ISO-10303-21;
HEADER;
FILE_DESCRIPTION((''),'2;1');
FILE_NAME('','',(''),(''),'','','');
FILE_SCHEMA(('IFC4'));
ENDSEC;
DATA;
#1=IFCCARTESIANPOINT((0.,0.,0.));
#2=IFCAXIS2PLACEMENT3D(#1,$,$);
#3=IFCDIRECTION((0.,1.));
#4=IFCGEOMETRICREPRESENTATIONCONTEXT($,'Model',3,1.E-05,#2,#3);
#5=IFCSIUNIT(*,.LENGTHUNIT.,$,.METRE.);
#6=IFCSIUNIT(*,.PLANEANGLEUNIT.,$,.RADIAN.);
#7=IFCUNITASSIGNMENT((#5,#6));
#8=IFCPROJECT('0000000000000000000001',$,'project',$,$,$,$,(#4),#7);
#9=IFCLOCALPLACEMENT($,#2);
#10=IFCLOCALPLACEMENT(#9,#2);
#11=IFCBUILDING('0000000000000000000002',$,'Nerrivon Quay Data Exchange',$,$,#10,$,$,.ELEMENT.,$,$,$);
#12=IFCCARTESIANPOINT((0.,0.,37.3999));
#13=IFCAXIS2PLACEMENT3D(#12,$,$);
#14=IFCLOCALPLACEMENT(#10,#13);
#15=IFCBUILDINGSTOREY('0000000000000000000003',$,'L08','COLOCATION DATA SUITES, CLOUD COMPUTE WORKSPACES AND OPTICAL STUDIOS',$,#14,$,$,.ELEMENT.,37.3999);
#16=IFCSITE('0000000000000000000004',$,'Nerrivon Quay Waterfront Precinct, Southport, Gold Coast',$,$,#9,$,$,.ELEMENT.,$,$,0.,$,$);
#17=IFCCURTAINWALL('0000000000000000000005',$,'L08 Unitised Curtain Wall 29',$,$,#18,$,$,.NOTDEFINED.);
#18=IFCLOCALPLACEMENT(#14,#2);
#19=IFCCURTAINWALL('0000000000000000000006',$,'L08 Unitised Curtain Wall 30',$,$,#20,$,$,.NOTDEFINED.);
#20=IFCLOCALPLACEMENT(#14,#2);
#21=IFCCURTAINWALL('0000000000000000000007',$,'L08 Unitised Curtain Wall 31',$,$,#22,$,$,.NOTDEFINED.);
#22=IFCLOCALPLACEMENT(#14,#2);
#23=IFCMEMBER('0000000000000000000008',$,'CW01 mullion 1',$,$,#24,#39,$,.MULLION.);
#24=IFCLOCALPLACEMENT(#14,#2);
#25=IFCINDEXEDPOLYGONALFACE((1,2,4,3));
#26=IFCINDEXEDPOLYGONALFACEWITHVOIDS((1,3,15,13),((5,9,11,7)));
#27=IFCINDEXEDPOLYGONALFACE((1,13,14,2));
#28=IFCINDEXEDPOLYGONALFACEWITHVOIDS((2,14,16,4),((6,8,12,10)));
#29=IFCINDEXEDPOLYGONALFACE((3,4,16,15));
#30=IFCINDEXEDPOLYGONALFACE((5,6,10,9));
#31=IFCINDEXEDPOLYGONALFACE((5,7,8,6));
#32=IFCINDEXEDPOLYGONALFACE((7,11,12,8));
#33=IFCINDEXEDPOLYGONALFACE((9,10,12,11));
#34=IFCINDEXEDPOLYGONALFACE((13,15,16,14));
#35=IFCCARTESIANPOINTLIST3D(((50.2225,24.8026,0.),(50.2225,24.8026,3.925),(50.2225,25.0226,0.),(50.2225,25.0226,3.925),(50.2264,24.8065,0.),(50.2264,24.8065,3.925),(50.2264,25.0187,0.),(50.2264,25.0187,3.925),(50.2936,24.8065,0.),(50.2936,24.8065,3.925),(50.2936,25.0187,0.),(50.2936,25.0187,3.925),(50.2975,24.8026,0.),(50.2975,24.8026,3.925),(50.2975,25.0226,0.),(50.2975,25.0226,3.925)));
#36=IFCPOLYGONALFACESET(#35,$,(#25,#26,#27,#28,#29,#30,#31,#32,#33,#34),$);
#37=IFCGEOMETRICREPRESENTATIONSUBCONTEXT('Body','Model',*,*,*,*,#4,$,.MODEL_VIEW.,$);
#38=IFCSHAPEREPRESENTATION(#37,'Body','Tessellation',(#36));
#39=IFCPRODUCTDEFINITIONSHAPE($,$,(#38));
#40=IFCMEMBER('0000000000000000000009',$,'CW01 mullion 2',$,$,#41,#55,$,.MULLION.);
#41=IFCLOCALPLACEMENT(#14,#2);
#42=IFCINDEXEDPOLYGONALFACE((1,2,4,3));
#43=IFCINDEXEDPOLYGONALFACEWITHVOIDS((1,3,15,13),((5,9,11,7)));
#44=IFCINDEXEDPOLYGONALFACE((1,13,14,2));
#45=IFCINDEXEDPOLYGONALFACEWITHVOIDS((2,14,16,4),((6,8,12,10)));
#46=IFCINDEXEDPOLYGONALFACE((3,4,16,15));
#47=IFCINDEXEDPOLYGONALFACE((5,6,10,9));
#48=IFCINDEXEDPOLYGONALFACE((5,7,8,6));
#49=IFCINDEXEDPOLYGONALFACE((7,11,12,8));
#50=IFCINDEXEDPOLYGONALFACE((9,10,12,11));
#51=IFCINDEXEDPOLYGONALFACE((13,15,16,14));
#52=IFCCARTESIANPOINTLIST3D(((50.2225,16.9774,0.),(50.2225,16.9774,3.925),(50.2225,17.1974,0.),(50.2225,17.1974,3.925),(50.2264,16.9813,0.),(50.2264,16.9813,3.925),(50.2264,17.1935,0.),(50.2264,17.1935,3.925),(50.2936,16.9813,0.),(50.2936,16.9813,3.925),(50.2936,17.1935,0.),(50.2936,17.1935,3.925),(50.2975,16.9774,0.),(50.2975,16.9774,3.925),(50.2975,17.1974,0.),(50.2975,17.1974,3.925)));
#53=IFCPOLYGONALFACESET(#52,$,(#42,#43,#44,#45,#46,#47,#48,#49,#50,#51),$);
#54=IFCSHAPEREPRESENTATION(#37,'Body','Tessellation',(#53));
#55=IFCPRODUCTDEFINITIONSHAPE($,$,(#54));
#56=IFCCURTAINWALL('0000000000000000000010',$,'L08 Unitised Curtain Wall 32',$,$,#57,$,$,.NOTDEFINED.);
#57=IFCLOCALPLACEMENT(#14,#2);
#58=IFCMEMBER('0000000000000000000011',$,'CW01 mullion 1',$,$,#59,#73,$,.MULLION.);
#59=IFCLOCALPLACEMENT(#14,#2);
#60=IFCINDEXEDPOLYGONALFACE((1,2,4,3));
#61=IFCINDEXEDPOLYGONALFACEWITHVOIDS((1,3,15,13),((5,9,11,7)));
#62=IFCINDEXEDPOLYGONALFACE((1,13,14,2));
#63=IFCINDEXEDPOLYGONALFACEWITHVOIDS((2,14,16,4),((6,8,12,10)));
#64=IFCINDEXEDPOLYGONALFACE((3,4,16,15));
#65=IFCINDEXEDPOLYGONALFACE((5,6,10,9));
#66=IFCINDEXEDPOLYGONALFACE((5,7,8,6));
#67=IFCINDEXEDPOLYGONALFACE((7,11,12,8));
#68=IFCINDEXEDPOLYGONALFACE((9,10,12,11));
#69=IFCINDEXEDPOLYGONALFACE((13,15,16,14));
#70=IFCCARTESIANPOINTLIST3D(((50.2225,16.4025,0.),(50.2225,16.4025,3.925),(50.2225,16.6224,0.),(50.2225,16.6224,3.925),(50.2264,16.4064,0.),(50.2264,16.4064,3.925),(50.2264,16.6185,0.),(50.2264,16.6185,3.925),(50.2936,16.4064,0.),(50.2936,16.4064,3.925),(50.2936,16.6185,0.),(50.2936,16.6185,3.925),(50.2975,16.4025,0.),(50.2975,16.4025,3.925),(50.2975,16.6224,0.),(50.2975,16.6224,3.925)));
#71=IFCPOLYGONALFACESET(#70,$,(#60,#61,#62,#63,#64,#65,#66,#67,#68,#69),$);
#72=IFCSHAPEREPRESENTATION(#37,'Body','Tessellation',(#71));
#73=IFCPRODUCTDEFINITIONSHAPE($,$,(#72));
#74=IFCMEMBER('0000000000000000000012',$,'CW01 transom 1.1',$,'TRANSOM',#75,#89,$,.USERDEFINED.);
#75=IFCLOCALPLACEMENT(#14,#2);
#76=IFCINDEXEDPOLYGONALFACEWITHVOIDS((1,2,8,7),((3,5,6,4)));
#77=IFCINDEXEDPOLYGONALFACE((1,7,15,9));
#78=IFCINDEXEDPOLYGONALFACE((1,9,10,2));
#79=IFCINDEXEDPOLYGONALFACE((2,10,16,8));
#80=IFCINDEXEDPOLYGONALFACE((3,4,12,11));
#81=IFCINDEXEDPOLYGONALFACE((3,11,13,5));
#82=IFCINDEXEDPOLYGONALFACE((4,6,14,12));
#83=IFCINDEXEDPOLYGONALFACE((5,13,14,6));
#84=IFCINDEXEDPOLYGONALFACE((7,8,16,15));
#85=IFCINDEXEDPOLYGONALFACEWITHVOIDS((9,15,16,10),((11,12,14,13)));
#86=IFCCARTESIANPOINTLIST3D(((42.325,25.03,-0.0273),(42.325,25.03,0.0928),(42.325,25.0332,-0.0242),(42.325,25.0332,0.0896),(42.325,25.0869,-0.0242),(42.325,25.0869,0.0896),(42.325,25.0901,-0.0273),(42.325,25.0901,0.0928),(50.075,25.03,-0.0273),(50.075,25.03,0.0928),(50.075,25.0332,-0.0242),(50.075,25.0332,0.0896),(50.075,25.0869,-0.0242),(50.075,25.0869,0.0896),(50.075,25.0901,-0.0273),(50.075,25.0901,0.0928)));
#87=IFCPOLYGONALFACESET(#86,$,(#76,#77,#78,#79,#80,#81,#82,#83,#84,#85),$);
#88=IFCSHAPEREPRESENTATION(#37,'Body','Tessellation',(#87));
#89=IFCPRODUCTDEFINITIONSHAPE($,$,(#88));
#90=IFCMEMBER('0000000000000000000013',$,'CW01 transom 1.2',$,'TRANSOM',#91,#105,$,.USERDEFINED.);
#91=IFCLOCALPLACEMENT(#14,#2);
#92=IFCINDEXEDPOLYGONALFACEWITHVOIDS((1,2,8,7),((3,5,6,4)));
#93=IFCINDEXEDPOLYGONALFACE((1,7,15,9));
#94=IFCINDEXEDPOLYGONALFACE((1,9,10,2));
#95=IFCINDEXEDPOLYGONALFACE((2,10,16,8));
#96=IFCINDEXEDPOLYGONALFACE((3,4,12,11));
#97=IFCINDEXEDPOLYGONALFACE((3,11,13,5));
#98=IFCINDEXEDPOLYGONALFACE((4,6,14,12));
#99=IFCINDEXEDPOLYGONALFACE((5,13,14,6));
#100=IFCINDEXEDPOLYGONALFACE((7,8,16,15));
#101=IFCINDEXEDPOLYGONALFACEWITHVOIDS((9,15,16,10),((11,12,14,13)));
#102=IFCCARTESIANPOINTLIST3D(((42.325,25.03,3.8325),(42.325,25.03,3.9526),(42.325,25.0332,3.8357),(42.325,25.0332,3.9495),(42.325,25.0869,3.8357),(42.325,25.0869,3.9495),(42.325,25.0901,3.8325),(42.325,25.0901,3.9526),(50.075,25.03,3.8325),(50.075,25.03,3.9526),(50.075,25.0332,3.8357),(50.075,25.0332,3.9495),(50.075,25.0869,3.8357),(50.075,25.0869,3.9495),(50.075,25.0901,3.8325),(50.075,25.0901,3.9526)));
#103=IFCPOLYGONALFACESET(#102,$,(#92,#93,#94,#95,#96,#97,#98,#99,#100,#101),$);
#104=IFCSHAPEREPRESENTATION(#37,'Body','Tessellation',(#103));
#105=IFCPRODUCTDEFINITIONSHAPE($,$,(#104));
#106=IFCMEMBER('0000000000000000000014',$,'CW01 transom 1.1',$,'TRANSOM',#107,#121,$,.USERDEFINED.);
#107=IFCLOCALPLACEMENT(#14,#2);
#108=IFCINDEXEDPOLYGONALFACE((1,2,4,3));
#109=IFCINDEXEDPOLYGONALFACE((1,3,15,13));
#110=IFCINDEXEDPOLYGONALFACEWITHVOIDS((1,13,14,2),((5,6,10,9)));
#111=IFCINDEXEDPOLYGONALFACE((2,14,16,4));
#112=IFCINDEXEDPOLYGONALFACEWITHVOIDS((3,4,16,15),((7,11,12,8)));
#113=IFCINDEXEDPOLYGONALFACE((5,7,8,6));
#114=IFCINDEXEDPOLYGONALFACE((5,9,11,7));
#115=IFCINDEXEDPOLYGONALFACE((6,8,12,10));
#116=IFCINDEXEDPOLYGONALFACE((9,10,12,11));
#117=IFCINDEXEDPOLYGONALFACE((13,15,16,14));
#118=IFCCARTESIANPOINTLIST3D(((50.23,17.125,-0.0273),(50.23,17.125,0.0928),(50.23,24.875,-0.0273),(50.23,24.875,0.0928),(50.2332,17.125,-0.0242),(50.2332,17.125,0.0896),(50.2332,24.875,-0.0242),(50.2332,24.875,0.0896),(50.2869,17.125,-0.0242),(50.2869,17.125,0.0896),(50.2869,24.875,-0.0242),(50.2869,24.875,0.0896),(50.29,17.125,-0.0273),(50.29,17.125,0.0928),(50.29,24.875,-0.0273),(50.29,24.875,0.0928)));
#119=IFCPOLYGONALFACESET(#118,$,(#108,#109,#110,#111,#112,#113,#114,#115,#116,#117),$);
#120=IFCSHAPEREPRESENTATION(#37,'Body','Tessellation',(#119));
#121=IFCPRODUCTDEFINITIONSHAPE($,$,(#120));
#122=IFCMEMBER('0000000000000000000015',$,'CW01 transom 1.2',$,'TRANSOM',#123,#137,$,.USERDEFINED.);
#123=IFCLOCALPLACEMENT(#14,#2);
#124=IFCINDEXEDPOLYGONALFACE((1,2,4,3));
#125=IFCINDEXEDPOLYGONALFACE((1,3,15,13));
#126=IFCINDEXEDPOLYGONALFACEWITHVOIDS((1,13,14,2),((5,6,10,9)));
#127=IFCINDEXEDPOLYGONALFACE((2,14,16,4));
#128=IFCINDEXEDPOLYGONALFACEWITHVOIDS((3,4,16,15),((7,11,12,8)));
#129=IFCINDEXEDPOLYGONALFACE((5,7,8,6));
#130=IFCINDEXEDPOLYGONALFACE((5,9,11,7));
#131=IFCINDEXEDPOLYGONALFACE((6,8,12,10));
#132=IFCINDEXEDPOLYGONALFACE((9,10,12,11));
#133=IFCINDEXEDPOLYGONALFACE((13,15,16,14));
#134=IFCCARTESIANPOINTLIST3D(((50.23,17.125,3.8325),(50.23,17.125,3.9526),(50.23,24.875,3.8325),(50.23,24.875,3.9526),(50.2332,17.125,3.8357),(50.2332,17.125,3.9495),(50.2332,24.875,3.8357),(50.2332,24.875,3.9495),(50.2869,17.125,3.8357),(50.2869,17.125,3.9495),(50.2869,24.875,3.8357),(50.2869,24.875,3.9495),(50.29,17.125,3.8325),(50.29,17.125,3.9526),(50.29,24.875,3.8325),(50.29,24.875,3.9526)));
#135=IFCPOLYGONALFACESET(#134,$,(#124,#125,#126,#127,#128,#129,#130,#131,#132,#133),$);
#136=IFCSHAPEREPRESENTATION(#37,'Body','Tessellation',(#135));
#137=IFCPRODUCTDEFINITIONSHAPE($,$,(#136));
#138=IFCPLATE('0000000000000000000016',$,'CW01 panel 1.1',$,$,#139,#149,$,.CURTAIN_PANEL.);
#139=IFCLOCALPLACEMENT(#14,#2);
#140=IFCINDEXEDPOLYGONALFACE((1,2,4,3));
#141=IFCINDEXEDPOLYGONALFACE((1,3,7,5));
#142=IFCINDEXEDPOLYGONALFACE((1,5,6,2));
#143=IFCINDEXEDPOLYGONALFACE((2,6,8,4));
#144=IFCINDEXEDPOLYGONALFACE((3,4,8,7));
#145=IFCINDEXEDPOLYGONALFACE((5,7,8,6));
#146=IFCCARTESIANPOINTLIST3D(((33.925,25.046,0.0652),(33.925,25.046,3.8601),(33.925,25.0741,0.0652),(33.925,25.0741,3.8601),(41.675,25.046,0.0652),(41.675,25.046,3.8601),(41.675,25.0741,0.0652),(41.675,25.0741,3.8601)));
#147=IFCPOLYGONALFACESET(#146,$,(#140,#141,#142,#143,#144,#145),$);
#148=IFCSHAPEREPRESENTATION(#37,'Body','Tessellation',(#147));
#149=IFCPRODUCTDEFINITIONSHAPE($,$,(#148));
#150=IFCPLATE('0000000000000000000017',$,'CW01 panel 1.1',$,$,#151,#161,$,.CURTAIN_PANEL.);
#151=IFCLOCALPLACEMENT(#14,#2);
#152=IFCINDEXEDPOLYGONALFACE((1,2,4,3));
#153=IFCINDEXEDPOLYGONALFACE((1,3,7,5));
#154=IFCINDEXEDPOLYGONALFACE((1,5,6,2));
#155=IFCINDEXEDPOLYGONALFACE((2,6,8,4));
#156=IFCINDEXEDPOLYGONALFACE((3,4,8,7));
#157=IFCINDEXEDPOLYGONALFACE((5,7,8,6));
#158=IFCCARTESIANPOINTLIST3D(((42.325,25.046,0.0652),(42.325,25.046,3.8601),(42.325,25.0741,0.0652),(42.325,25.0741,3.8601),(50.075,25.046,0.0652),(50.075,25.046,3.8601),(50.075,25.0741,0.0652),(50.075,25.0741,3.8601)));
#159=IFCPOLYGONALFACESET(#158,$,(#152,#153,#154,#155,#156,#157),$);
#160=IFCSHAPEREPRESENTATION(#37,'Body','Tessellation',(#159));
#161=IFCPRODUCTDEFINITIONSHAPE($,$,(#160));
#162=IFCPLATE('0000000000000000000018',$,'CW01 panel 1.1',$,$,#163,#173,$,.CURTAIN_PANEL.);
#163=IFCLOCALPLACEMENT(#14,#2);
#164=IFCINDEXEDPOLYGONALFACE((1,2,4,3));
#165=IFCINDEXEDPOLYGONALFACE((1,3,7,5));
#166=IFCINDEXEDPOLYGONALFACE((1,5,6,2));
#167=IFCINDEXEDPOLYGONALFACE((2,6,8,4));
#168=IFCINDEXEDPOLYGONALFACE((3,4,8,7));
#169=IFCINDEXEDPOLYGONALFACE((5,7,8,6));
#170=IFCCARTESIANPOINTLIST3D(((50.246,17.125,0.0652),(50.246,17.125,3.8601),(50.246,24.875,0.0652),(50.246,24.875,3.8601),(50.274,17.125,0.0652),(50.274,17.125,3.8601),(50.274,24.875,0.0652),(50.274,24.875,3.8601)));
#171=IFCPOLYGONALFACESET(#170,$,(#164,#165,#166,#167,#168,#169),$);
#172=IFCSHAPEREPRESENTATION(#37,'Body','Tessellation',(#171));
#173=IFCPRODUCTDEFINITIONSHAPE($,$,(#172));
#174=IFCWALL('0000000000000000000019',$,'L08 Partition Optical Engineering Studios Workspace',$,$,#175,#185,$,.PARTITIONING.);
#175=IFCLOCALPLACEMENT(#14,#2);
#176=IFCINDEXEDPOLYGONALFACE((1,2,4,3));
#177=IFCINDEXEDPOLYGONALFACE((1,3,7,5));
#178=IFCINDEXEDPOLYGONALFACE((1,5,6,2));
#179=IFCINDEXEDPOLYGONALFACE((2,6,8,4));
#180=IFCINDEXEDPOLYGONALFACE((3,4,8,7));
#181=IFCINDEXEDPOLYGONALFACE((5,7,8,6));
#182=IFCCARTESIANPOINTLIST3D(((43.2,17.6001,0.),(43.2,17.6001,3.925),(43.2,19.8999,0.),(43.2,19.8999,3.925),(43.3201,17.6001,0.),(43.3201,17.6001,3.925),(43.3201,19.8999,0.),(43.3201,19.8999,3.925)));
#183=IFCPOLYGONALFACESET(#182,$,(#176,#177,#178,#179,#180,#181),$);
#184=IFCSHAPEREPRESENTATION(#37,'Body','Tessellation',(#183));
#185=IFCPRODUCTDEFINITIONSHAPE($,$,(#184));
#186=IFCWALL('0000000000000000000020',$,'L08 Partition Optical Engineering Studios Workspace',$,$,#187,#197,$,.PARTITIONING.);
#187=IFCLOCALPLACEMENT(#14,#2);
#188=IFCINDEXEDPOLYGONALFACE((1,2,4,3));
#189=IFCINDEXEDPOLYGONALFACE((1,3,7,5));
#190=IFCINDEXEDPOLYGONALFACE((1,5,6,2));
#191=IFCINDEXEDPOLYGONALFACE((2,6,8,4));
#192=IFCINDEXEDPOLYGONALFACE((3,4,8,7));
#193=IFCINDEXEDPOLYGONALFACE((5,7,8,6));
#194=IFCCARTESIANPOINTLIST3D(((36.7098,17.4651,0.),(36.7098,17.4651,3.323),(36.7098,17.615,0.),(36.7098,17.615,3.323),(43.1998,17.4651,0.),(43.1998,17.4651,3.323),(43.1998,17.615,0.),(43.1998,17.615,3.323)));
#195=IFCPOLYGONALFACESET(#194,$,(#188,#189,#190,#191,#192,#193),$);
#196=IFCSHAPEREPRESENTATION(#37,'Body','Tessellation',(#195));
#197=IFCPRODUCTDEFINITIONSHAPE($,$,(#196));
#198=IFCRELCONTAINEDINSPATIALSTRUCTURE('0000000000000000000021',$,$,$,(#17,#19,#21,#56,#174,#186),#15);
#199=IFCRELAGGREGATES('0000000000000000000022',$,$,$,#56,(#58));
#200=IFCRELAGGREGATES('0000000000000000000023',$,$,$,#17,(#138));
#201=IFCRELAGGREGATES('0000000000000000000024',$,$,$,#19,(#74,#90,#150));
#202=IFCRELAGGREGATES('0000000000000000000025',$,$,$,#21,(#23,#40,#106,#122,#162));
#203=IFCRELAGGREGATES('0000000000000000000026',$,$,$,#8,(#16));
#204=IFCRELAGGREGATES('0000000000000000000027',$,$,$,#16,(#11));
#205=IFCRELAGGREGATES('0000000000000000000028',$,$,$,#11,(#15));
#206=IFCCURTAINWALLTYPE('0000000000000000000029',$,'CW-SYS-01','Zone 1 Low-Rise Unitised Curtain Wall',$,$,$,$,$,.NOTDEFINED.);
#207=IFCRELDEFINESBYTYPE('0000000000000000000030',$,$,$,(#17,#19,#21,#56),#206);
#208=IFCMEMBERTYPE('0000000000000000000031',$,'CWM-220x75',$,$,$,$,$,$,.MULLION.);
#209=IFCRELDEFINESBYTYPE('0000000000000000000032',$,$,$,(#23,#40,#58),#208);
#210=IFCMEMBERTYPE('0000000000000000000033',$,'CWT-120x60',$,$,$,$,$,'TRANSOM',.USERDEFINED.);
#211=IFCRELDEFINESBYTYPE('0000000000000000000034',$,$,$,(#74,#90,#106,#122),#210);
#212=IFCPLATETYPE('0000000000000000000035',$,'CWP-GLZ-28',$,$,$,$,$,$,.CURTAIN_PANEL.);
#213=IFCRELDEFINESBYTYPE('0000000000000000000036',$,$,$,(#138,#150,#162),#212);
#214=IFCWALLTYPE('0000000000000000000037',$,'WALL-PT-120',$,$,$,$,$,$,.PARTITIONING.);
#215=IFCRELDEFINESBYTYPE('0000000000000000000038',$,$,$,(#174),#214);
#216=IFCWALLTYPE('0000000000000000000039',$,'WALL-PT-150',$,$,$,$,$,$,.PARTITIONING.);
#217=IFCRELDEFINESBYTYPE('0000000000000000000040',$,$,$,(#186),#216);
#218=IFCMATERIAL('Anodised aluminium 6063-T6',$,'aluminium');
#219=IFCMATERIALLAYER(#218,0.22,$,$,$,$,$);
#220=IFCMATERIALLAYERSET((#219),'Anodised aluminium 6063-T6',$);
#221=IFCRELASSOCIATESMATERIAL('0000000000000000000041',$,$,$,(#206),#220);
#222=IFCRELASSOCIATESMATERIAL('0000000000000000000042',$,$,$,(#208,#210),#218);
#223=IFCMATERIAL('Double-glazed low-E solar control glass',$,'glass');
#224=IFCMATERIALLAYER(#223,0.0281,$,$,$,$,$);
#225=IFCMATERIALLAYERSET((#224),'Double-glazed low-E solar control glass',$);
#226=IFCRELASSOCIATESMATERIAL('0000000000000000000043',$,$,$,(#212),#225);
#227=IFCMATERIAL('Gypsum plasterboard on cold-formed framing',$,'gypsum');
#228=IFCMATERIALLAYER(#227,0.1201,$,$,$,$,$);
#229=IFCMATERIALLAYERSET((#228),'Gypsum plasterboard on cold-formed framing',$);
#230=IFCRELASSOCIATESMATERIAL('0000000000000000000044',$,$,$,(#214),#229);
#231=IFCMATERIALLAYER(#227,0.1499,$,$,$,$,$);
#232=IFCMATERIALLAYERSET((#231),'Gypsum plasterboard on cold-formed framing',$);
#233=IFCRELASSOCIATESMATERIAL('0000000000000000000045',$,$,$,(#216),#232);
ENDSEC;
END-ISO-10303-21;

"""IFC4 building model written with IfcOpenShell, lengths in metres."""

from ifc_helpers import new_model, si_unit, direction, frame, frame_2d, origin, origin_2d, place, context, subcontext, project, spatial, rectangle, hollow_rectangle, extrude, material, layer, layer_set, material_profile, profile_set, type_object, element, aggregate, save


model = new_model("IFC4")

# Units and contexts
model_context = context("Model", 3, precision=1e-05, world=origin(), true_north=direction((0.0, 1.0)))
body_context = subcontext(model_context, "Body", "Model", "MODEL_VIEW")
ifc_project = project(units=[si_unit("LENGTHUNIT", "METRE"), si_unit("PLANEANGLEUNIT", "RADIAN")], contexts=[model_context])

# Site, building, storey
site_placement = place(None, origin())
site = spatial("IfcSite", under=ifc_project, at=site_placement, Name="Nerrivon Quay Waterfront Precinct, Southport, Gold Coast", CompositionType="ELEMENT", RefElevation=0.0)
building_placement = place(site_placement, origin())
building = spatial("IfcBuilding", under=site, at=building_placement, Name="Nerrivon Quay Data Exchange", CompositionType="ELEMENT")
storey_placement = place(building_placement, frame((0.0, 0.0, 37.3999)))
storey = spatial("IfcBuildingStorey", under=building, at=storey_placement, Name="L08", Description="COLOCATION DATA SUITES, CLOUD COMPUTE WORKSPACES AND OPTICAL STUDIOS", CompositionType="ELEMENT", Elevation=37.3999)

# Curtain wall
ifc_material_1 = material(Name="Anodised aluminium 6063-T6", Category="aluminium")
ifc_layer_1 = layer(ifc_material_1, 0.22)
ifc_layer_set_1 = layer_set([ifc_layer_1], Name="Anodised aluminium 6063-T6")
curtain_wall_type = type_object("IfcCurtainWallType", Name="CW-SYS-01", Description="Zone 1 Low-Rise Unitised Curtain Wall", PredefinedType="NOTDEFINED", material=ifc_layer_set_1)
curtain_wall_1_placement = place(storey_placement, origin())
curtain_wall_1 = element("IfcCurtainWall", 1, at=curtain_wall_1_placement, inside=storey, type_object=curtain_wall_type, Name="L08 Unitised Curtain Wall 29", PredefinedType="NOTDEFINED")
ifc_material_profile_1 = material_profile(ifc_material_1, hollow_rectangle(XDim=0.075, YDim=0.22, WallThickness=0.0039, at=origin_2d()), Name="ALU-MULL-220x75")
ifc_profile_set_1 = profile_set([ifc_material_profile_1], Name="Anodised aluminium 6063-T6")
member_type_1 = type_object("IfcMemberType", Name="CWM-220x75", PredefinedType="MULLION", material=ifc_profile_set_1)

# Curtain walls, members
curtain_wall_2_placement = place(storey_placement, origin())
curtain_wall_2 = element("IfcCurtainWall", 2, at=curtain_wall_2_placement, inside=storey, type_object=curtain_wall_type, Name="L08 Unitised Curtain Wall 30", PredefinedType="NOTDEFINED")
curtain_wall_3_placement = place(storey_placement, origin())
curtain_wall_3 = element("IfcCurtainWall", 3, at=curtain_wall_3_placement, inside=storey, type_object=curtain_wall_type, Name="L08 Unitised Curtain Wall 31", PredefinedType="NOTDEFINED")
member_1_placement = place(storey_placement, frame((50.26, 24.9126, 0.0), z_axis=(0.0, 0.0, 1.0), x_axis=(1.0, 0.0, 0.0)))
member_1 = element("IfcMember", 4, at=member_1_placement, type_object=member_type_1, Name="CW01 mullion 1", PredefinedType="MULLION", context=body_context, shape_type="SweptSolid", body=[
    extrude(hollow_rectangle(XDim=0.075, YDim=0.22, WallThickness=0.0039, at=origin_2d()), origin(), (0.0, 0.0, 1.0), 3.925),
])
member_2_placement = place(storey_placement, frame((50.26, 17.0874, 0.0), z_axis=(0.0, 0.0, 1.0), x_axis=(1.0, 0.0, 0.0)))
member_2 = element("IfcMember", 5, at=member_2_placement, type_object=member_type_1, Name="CW01 mullion 2", PredefinedType="MULLION", context=body_context, shape_type="SweptSolid", body=[
    extrude(hollow_rectangle(XDim=0.075, YDim=0.22, WallThickness=0.0039, at=origin_2d()), origin(), (0.0, 0.0, 1.0), 3.925),
])

# Curtain wall, member
curtain_wall_4_placement = place(storey_placement, origin())
curtain_wall_4 = element("IfcCurtainWall", 6, at=curtain_wall_4_placement, inside=storey, type_object=curtain_wall_type, Name="L08 Unitised Curtain Wall 32", PredefinedType="NOTDEFINED")
member_3_placement = place(storey_placement, frame((50.26, 16.5125, 0.0), z_axis=(0.0, 0.0, 1.0), x_axis=(1.0, 0.0, 0.0)))
member_3 = element("IfcMember", 7, at=member_3_placement, type_object=member_type_1, Name="CW01 mullion 1", PredefinedType="MULLION", context=body_context, shape_type="SweptSolid", body=[
    extrude(hollow_rectangle(XDim=0.075, YDim=0.22, WallThickness=0.0039, at=origin_2d()), origin(), (0.0, 0.0, 1.0), 3.925),
])
aggregate(curtain_wall_4, [member_3])

# Members
ifc_material_profile_2 = material_profile(ifc_material_1, hollow_rectangle(XDim=0.0601, YDim=0.1201, WallThickness=0.0032, at=origin_2d()), Name="ALU-TRAN-120x60")
ifc_profile_set_2 = profile_set([ifc_material_profile_2], Name="Anodised aluminium 6063-T6")
member_type_2 = type_object("IfcMemberType", Name="CWT-120x60", ElementType="TRANSOM", PredefinedType="USERDEFINED", material=ifc_profile_set_2)
member_4_placement = place(storey_placement, frame((42.325, 25.0601, 0.0327), z_axis=(1.0, 0.0, 0.0), x_axis=(0.0, 1.0, 0.0)))
member_4 = element("IfcMember", 8, at=member_4_placement, type_object=member_type_2, Name="CW01 transom 1.1", ObjectType="TRANSOM", PredefinedType="USERDEFINED", context=body_context, shape_type="SweptSolid", body=[
    extrude(hollow_rectangle(XDim=0.0601, YDim=0.1201, WallThickness=0.0032, at=origin_2d()), origin(), (0.0, 0.0, 1.0), 7.75),
])
member_5_placement = place(storey_placement, frame((42.325, 25.0601, 3.8926), z_axis=(1.0, 0.0, 0.0), x_axis=(0.0, 1.0, 0.0)))
member_5 = element("IfcMember", 9, at=member_5_placement, type_object=member_type_2, Name="CW01 transom 1.2", ObjectType="TRANSOM", PredefinedType="USERDEFINED", context=body_context, shape_type="SweptSolid", body=[
    extrude(hollow_rectangle(XDim=0.0601, YDim=0.1201, WallThickness=0.0032, at=origin_2d()), origin(), (0.0, 0.0, 1.0), 7.75),
])
member_6_placement = place(storey_placement, frame((50.26, 24.875, 0.0327), z_axis=(0.0, -1.0, 0.0), x_axis=(1.0, 0.0, 0.0)))
member_6 = element("IfcMember", 10, at=member_6_placement, type_object=member_type_2, Name="CW01 transom 1.1", ObjectType="TRANSOM", PredefinedType="USERDEFINED", context=body_context, shape_type="SweptSolid", body=[
    extrude(hollow_rectangle(XDim=0.0601, YDim=0.1201, WallThickness=0.0032, at=origin_2d()), origin(), (0.0, 0.0, 1.0), 7.75),
])
member_7_placement = place(storey_placement, frame((50.26, 24.875, 3.8926), z_axis=(0.0, -1.0, 0.0), x_axis=(1.0, 0.0, 0.0)))
member_7 = element("IfcMember", 11, at=member_7_placement, type_object=member_type_2, Name="CW01 transom 1.2", ObjectType="TRANSOM", PredefinedType="USERDEFINED", context=body_context, shape_type="SweptSolid", body=[
    extrude(hollow_rectangle(XDim=0.0601, YDim=0.1201, WallThickness=0.0032, at=origin_2d()), origin(), (0.0, 0.0, 1.0), 7.75),
])

# Plates
ifc_material_2 = material(Name="Double-glazed low-E solar control glass", Category="glass")
ifc_layer_2 = layer(ifc_material_2, 0.0281)
ifc_layer_set_2 = layer_set([ifc_layer_2], Name="Double-glazed low-E solar control glass")
plate_type = type_object("IfcPlateType", Name="CWP-GLZ-28", PredefinedType="CURTAIN_PANEL", material=ifc_layer_set_2)
plate_1_placement = place(storey_placement, frame((37.8, 25.0601, 0.0652), z_axis=(0.0, 0.0, 1.0), x_axis=(1.0, 0.0, 0.0)))
plate_1 = element("IfcPlate", 12, at=plate_1_placement, type_object=plate_type, Name="CW01 panel 1.1", PredefinedType="CURTAIN_PANEL", context=body_context, shape_type="SweptSolid", body=[
    extrude(rectangle(XDim=7.75, YDim=0.0281, at=origin_2d()), origin(), (0.0, 0.0, 1.0), 3.7949),
])
aggregate(curtain_wall_1, [plate_1])
plate_2_placement = place(storey_placement, frame((46.2, 25.0601, 0.0652), z_axis=(0.0, 0.0, 1.0), x_axis=(1.0, 0.0, 0.0)))
plate_2 = element("IfcPlate", 13, at=plate_2_placement, type_object=plate_type, Name="CW01 panel 1.1", PredefinedType="CURTAIN_PANEL", context=body_context, shape_type="SweptSolid", body=[
    extrude(rectangle(XDim=7.75, YDim=0.0281, at=origin_2d()), origin(), (0.0, 0.0, 1.0), 3.7949),
])
aggregate(curtain_wall_2, [member_4, member_5, plate_2])
plate_3_placement = place(storey_placement, frame((50.26, 21.0, 0.0652), z_axis=(0.0, 0.0, 1.0), x_axis=(0.0, -1.0, 0.0)))
plate_3 = element("IfcPlate", 14, at=plate_3_placement, type_object=plate_type, Name="CW01 panel 1.1", PredefinedType="CURTAIN_PANEL", context=body_context, shape_type="SweptSolid", body=[
    extrude(rectangle(XDim=7.75, YDim=0.0281, at=origin_2d()), origin(), (0.0, 0.0, 1.0), 3.7949),
])
aggregate(curtain_wall_3, [member_1, member_2, member_6, member_7, plate_3])

# Walls
ifc_material_3 = material(Name="Gypsum plasterboard on cold-formed framing", Category="gypsum")
ifc_layer_3 = layer(ifc_material_3, 0.1201)
ifc_layer_set_3 = layer_set([ifc_layer_3], Name="Gypsum plasterboard on cold-formed framing")
wall_type_1 = type_object("IfcWallType", Name="WALL-PT-120", PredefinedType="PARTITIONING", material=ifc_layer_set_3)
wall_1_placement = place(storey_placement, frame((43.26, 19.8999, 0.0), z_axis=(0.0, 0.0, 1.0), x_axis=(0.0, -1.0, 0.0)))
element("IfcWall", 15, at=wall_1_placement, inside=storey, type_object=wall_type_1, Name="L08 Partition Optical Engineering Studios Workspace", PredefinedType="PARTITIONING", context=body_context, shape_type="SweptSolid", body=[
    extrude(rectangle(XDim=2.2998, YDim=0.1201, at=frame_2d((1.1499, 0.0))), origin(), (0.0, 0.0, 1.0), 3.925),
])
ifc_layer_4 = layer(ifc_material_3, 0.1499)
ifc_layer_set_4 = layer_set([ifc_layer_4], Name="Gypsum plasterboard on cold-formed framing")
wall_type_2 = type_object("IfcWallType", Name="WALL-PT-150", PredefinedType="PARTITIONING", material=ifc_layer_set_4)
wall_2_placement = place(storey_placement, frame((43.2, 17.54, 0.0), z_axis=(0.0, 0.0, 1.0), x_axis=(-1.0, 0.0, 0.0)))
element("IfcWall", 16, at=wall_2_placement, inside=storey, type_object=wall_type_2, Name="L08 Partition Optical Engineering Studios Workspace", PredefinedType="PARTITIONING", context=body_context, shape_type="SweptSolid", body=[
    extrude(rectangle(XDim=6.49, YDim=0.1499, at=frame_2d((3.2451, 0.0))), origin(), (0.0, 0.0, 1.0), 3.323),
])

save(model, "model.ifc")
